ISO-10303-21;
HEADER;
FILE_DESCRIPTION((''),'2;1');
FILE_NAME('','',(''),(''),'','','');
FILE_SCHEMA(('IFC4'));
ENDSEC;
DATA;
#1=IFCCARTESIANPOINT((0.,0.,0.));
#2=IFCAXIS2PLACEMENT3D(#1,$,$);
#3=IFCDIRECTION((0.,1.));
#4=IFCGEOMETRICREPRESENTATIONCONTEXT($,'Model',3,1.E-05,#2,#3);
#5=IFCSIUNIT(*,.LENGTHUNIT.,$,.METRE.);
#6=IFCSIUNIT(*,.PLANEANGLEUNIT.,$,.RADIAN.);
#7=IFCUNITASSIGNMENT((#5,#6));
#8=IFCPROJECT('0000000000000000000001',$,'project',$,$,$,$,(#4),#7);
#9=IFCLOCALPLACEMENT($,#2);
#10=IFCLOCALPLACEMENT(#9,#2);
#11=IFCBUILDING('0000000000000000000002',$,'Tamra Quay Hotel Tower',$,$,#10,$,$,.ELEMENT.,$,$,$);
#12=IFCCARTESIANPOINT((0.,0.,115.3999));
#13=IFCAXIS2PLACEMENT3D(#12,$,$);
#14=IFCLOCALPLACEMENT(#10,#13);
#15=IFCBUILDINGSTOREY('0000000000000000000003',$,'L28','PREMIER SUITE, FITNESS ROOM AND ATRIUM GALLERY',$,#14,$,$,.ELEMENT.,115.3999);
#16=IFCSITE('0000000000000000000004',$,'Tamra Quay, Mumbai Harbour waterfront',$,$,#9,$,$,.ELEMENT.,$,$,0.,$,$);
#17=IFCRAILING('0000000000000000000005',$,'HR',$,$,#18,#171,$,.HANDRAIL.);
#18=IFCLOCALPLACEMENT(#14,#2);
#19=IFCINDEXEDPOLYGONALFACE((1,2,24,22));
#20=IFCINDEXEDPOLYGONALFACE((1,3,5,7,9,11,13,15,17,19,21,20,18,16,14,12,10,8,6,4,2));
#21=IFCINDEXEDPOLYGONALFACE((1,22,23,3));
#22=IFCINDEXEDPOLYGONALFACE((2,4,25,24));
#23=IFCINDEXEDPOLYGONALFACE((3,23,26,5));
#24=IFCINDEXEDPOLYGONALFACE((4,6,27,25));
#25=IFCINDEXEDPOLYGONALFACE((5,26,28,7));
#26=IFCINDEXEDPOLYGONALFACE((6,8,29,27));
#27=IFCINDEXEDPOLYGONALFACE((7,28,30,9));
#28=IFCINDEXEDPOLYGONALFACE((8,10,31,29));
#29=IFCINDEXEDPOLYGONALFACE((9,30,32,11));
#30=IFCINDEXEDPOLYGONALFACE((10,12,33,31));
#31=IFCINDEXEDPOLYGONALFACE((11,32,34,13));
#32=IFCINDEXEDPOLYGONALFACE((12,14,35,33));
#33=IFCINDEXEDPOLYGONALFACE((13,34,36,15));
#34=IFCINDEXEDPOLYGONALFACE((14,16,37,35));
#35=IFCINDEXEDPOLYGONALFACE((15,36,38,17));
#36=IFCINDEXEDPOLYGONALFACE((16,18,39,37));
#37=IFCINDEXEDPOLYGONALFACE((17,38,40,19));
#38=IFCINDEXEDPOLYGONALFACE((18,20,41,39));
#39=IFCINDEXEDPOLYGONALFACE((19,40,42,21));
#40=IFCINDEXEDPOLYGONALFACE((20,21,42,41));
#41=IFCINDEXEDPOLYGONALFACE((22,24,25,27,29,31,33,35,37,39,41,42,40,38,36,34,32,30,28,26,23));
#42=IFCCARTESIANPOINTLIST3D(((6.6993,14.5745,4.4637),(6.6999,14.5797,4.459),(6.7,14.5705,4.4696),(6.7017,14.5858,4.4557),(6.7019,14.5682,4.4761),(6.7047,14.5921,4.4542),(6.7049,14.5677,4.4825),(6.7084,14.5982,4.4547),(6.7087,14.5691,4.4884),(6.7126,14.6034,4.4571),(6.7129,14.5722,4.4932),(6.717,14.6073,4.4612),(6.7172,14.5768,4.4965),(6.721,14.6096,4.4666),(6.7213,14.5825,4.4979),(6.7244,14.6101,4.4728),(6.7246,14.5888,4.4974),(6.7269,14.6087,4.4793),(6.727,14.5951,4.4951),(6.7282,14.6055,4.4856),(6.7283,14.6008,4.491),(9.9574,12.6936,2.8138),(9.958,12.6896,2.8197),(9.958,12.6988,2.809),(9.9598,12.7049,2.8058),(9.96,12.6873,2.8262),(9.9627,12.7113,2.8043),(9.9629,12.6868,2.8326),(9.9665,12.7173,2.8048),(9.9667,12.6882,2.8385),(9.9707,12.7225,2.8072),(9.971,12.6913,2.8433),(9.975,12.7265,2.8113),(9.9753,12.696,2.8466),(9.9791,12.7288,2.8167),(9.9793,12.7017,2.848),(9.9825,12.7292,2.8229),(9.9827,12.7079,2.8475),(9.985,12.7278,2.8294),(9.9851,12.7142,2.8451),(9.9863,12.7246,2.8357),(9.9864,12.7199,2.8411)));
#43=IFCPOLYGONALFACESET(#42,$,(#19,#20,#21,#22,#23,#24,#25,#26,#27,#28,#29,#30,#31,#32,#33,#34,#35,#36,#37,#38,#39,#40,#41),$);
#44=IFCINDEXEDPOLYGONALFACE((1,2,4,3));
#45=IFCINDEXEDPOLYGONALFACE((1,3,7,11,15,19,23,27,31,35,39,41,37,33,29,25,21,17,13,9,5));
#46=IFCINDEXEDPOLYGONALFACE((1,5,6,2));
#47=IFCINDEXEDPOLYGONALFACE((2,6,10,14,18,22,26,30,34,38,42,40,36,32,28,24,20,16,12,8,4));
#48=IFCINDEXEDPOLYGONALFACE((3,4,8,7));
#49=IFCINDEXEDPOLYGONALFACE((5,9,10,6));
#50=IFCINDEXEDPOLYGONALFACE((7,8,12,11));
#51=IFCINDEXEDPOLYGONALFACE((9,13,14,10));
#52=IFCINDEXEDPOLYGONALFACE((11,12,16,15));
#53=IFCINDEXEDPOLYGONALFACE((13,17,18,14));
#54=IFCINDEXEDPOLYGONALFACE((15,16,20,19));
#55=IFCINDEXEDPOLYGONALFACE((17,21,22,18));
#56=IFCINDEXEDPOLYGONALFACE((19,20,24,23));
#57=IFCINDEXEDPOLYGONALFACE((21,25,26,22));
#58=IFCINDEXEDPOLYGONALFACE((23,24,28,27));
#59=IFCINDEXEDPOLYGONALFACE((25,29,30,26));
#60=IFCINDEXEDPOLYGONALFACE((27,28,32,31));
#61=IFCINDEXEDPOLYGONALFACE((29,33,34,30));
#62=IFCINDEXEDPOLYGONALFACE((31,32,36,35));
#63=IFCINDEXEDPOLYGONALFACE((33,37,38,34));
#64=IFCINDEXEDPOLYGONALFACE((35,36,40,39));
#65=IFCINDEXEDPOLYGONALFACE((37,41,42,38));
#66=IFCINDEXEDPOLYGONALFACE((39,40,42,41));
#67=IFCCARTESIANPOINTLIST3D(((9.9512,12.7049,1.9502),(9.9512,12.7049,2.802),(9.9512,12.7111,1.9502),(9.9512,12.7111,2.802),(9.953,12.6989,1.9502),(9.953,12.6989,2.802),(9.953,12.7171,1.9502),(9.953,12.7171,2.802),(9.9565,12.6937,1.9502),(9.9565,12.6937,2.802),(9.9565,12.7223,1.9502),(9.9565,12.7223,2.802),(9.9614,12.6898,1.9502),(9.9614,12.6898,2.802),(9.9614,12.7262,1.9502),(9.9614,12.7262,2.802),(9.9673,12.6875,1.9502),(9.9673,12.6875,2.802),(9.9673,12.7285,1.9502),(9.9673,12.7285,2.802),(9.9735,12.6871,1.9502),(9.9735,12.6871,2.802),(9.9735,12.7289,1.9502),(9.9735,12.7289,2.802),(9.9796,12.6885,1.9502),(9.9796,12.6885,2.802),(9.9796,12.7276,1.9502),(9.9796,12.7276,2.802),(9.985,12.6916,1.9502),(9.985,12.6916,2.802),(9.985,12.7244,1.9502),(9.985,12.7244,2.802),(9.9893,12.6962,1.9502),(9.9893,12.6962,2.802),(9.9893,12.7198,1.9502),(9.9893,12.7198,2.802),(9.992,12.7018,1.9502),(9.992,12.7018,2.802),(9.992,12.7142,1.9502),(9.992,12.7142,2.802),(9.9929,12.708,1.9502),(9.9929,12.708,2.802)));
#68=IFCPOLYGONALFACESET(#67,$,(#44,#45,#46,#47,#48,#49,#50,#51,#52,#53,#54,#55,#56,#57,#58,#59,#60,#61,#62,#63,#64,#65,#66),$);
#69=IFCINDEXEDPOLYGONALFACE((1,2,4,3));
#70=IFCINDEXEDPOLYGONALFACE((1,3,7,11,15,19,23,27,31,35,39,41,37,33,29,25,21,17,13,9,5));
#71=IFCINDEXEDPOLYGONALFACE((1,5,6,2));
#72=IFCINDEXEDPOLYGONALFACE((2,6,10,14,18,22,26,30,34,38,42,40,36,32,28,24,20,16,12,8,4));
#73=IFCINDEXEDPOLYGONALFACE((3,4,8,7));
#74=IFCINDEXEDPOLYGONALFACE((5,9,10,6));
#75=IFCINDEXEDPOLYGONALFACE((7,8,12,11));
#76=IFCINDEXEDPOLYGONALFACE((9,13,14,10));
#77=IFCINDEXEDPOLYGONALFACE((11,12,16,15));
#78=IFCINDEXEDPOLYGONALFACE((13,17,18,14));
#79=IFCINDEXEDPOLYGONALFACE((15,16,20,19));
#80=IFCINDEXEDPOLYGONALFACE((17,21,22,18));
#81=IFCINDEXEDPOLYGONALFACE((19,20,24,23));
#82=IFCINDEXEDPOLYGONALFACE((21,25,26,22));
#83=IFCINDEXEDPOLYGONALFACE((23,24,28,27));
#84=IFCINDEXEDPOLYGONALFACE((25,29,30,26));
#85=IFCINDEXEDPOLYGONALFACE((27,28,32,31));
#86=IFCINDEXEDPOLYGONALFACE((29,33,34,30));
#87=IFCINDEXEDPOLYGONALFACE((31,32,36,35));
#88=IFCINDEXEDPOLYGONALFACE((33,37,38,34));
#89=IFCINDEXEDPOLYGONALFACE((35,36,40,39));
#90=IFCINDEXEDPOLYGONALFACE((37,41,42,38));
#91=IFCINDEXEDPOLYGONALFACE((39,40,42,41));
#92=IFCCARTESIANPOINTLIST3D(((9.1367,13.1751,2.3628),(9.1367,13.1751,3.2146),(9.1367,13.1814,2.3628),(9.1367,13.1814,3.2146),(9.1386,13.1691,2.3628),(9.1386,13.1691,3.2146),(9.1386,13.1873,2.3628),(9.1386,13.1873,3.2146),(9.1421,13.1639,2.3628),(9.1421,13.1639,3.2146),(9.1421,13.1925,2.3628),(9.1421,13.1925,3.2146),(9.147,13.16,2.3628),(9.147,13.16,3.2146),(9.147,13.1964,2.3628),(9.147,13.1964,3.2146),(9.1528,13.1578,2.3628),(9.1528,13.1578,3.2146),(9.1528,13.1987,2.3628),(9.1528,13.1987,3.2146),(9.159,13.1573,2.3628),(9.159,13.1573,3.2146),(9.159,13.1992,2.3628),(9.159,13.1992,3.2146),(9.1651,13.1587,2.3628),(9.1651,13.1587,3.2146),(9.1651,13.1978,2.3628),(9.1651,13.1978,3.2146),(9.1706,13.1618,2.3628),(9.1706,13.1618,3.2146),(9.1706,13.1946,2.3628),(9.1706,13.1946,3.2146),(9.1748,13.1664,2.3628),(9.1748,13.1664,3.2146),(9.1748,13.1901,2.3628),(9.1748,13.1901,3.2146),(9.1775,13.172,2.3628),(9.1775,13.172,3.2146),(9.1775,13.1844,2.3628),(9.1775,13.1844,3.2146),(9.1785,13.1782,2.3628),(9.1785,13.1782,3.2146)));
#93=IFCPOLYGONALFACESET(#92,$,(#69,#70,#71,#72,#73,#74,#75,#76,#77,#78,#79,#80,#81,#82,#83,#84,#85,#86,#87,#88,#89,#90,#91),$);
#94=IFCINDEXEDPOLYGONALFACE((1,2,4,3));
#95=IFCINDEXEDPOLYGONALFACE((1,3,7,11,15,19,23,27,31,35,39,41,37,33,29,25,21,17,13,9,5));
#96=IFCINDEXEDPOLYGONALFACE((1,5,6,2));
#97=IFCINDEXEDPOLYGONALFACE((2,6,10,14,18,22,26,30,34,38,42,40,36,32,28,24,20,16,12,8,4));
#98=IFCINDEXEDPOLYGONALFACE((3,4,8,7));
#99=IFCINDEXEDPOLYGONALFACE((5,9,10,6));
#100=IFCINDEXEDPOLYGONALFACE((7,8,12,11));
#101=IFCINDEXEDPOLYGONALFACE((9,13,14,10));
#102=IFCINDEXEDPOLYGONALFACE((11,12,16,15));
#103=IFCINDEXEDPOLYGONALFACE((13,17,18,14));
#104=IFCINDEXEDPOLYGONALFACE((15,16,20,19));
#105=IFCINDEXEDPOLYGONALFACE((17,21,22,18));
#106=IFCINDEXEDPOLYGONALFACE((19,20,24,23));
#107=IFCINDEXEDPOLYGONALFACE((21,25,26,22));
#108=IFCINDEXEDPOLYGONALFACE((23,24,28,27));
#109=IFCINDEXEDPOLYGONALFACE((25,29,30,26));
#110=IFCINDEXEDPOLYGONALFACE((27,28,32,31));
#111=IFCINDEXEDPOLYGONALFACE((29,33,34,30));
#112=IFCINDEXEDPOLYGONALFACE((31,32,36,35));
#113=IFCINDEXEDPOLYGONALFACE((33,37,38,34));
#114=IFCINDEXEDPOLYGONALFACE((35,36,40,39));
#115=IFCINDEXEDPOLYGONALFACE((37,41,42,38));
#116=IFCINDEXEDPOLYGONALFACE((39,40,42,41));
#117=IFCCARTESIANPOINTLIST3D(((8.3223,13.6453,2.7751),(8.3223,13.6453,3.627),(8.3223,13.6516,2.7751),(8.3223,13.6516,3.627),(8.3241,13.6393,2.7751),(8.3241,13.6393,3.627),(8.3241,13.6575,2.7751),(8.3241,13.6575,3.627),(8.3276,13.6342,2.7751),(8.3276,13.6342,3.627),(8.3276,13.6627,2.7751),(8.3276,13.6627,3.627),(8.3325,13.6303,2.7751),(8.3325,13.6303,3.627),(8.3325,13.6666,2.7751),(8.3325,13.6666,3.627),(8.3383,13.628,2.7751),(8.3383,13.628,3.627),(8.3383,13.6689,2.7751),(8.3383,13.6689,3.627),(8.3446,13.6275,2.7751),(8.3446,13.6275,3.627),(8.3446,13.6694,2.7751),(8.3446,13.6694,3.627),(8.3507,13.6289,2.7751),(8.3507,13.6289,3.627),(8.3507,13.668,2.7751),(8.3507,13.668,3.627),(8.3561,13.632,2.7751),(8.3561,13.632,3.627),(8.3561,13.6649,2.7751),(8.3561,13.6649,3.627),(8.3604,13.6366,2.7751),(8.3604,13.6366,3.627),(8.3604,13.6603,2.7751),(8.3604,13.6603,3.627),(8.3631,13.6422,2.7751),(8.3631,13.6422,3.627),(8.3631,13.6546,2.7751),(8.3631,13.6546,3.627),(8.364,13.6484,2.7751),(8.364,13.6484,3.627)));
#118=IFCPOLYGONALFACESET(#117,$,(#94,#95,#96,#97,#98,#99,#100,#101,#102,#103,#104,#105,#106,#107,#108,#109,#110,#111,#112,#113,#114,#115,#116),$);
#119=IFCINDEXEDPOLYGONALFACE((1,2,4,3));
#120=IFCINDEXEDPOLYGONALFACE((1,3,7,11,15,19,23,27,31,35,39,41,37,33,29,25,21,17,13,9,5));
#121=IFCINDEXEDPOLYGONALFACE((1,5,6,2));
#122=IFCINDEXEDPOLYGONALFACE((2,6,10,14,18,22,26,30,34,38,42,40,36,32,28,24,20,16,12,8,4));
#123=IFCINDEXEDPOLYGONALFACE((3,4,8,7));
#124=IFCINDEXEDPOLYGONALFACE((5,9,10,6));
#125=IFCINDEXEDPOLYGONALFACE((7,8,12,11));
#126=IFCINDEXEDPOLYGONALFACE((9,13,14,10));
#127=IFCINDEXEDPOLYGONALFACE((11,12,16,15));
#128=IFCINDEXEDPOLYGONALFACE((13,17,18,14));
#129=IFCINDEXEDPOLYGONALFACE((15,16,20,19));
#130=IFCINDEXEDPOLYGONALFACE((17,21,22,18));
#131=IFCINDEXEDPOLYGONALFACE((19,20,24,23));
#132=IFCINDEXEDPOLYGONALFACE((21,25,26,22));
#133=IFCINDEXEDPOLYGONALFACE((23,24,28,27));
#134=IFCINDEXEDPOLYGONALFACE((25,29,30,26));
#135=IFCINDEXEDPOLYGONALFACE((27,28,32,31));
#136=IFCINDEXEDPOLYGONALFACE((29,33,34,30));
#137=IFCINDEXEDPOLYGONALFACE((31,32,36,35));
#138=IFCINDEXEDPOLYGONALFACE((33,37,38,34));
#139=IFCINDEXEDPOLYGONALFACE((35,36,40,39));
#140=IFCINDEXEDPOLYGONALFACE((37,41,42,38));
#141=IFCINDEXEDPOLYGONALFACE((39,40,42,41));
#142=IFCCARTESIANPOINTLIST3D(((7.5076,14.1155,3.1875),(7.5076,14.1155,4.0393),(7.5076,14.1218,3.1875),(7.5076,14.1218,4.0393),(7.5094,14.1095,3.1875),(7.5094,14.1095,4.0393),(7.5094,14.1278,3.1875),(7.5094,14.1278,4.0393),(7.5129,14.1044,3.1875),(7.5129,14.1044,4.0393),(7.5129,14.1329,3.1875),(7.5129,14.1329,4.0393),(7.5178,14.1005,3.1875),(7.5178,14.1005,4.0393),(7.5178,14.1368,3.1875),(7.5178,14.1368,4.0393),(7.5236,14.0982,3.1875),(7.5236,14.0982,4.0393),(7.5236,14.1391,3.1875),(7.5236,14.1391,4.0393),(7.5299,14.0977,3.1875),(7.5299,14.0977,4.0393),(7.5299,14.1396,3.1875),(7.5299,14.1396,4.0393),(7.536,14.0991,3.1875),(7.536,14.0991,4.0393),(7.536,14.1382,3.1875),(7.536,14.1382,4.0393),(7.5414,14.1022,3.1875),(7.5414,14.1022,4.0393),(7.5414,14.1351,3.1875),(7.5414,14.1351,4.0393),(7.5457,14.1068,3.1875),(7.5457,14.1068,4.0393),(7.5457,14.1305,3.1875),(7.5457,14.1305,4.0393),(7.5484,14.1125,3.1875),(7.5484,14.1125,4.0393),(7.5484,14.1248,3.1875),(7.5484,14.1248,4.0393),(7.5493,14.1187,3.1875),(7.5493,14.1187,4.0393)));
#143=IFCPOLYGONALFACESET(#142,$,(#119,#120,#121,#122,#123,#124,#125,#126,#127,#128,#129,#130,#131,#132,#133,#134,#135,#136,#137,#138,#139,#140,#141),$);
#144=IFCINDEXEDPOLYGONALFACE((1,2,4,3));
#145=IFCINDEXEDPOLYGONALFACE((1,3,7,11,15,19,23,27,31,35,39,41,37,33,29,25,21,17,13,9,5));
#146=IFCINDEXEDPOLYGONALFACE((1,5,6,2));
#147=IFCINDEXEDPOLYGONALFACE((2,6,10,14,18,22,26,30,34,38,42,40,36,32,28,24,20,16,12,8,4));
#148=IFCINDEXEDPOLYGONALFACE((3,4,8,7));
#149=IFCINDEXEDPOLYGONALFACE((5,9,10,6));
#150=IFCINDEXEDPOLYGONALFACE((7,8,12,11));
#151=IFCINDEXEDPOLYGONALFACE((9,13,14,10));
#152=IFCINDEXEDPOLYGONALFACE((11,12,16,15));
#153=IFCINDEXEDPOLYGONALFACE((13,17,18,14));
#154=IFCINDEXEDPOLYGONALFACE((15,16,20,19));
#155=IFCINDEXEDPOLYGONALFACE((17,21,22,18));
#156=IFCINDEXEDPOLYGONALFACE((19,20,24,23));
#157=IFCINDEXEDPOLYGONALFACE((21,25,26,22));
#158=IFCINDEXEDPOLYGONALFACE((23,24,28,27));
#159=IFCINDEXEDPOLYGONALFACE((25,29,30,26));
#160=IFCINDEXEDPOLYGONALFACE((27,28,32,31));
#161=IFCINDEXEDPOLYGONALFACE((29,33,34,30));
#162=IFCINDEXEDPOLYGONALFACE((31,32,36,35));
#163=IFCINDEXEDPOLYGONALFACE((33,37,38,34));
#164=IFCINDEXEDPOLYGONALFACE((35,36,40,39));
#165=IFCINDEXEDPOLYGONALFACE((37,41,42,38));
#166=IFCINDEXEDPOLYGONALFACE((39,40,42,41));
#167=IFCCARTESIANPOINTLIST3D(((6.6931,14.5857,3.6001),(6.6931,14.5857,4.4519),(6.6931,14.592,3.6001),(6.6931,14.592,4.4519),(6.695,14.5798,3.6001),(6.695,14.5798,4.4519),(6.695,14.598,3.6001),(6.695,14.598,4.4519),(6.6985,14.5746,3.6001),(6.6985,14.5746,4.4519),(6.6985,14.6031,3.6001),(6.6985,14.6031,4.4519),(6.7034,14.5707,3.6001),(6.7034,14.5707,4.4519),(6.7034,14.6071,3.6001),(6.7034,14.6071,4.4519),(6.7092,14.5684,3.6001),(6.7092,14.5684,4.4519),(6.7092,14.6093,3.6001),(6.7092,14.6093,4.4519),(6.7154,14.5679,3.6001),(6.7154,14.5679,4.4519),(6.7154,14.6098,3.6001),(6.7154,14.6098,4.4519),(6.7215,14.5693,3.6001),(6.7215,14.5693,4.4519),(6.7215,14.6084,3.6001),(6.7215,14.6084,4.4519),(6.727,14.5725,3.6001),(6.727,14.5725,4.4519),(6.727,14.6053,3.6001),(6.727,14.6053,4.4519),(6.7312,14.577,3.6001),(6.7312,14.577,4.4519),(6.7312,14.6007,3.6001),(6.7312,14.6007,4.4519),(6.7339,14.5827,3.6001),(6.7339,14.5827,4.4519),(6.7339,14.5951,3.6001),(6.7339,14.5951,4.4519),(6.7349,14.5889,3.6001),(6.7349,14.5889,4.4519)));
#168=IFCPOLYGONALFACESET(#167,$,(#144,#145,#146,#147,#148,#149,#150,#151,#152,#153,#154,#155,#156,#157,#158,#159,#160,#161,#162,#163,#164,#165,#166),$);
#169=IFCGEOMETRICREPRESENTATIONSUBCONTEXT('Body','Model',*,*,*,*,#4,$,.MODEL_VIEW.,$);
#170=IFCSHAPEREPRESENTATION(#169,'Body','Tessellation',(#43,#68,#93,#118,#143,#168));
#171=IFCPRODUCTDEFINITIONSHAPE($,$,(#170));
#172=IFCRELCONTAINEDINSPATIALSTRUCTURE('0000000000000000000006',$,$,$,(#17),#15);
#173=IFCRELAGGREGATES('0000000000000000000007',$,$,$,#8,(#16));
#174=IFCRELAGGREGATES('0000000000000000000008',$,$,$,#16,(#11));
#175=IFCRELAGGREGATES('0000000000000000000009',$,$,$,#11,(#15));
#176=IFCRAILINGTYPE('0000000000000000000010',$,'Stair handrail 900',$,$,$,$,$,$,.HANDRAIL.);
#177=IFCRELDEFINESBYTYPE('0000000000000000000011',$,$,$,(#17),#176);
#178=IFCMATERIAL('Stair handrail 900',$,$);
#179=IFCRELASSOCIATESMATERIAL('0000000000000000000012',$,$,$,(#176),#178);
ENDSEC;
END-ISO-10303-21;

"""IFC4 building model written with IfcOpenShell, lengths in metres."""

from ifc_helpers import new_model, si_unit, direction, frame, origin, origin_2d, place, context, subcontext, project, spatial, circle, extrude, material, type_object, element, save


model = new_model("IFC4")

# Units and contexts
model_context = context("Model", 3, precision=1e-05, world=origin(), true_north=direction((0.0, 1.0)))
body_context = subcontext(model_context, "Body", "Model", "MODEL_VIEW")
ifc_project = project(units=[si_unit("LENGTHUNIT", "METRE"), si_unit("PLANEANGLEUNIT", "RADIAN")], contexts=[model_context])

# Site, building, storey
site_placement = place(None, origin())
site = spatial("IfcSite", under=ifc_project, at=site_placement, Name="Tamra Quay, Mumbai Harbour waterfront", CompositionType="ELEMENT", RefElevation=0.0)
building_placement = place(site_placement, origin())
building = spatial("IfcBuilding", under=site, at=building_placement, Name="Tamra Quay Hotel Tower", CompositionType="ELEMENT")
storey_placement = place(building_placement, frame((0.0, 0.0, 115.3999)))
storey = spatial("IfcBuildingStorey", under=building, at=storey_placement, Name="L28", Description="PREMIER SUITE, FITNESS ROOM AND ATRIUM GALLERY", CompositionType="ELEMENT", Elevation=115.3999)

# Railing
ifc_material_1 = material(Name="Stair handrail 900")
railing_type_1 = type_object("IfcRailingType", Name="Stair handrail 900", PredefinedType="HANDRAIL", material=ifc_material_1)
railing_1_placement = place(storey_placement, frame((9.9719, 12.708, 1.9502)))
element("IfcRailing", 1, at=railing_1_placement, inside=storey, type_object=railing_type_1, Name="HR", PredefinedType="HANDRAIL", context=body_context, shape_type="SweptSolid", body=[
    extrude(circle(Radius=0.0239, at=origin_2d()), frame((0.0, 0.0, 0.876), z_axis=(-0.793122, 0.457865, 0.401642), x_axis=(-0.499964, -0.866046, 0.0)), (0.0, 0.0, 1.0), 4.1079),
    extrude(circle(Radius=0.021, at=origin_2d()), origin(), (0.0, 0.0, 1.0), 0.8518),
    extrude(circle(Radius=0.021, at=origin_2d()), frame((-0.8145, 0.4702, 0.4126)), (0.0, 0.0, 1.0), 0.8518),
    extrude(circle(Radius=0.021, at=origin_2d()), frame((-1.6289, 0.9404, 0.825)), (0.0, 0.0, 1.0), 0.8518),
    extrude(circle(Radius=0.021, at=origin_2d()), frame((-2.4436, 1.4106, 1.2373)), (0.0, 0.0, 1.0), 0.8518),
    extrude(circle(Radius=0.021, at=origin_2d()), frame((-3.2581, 1.8809, 1.6499)), (0.0, 0.0, 1.0), 0.8518),
])

save(model, "model.ifc")
